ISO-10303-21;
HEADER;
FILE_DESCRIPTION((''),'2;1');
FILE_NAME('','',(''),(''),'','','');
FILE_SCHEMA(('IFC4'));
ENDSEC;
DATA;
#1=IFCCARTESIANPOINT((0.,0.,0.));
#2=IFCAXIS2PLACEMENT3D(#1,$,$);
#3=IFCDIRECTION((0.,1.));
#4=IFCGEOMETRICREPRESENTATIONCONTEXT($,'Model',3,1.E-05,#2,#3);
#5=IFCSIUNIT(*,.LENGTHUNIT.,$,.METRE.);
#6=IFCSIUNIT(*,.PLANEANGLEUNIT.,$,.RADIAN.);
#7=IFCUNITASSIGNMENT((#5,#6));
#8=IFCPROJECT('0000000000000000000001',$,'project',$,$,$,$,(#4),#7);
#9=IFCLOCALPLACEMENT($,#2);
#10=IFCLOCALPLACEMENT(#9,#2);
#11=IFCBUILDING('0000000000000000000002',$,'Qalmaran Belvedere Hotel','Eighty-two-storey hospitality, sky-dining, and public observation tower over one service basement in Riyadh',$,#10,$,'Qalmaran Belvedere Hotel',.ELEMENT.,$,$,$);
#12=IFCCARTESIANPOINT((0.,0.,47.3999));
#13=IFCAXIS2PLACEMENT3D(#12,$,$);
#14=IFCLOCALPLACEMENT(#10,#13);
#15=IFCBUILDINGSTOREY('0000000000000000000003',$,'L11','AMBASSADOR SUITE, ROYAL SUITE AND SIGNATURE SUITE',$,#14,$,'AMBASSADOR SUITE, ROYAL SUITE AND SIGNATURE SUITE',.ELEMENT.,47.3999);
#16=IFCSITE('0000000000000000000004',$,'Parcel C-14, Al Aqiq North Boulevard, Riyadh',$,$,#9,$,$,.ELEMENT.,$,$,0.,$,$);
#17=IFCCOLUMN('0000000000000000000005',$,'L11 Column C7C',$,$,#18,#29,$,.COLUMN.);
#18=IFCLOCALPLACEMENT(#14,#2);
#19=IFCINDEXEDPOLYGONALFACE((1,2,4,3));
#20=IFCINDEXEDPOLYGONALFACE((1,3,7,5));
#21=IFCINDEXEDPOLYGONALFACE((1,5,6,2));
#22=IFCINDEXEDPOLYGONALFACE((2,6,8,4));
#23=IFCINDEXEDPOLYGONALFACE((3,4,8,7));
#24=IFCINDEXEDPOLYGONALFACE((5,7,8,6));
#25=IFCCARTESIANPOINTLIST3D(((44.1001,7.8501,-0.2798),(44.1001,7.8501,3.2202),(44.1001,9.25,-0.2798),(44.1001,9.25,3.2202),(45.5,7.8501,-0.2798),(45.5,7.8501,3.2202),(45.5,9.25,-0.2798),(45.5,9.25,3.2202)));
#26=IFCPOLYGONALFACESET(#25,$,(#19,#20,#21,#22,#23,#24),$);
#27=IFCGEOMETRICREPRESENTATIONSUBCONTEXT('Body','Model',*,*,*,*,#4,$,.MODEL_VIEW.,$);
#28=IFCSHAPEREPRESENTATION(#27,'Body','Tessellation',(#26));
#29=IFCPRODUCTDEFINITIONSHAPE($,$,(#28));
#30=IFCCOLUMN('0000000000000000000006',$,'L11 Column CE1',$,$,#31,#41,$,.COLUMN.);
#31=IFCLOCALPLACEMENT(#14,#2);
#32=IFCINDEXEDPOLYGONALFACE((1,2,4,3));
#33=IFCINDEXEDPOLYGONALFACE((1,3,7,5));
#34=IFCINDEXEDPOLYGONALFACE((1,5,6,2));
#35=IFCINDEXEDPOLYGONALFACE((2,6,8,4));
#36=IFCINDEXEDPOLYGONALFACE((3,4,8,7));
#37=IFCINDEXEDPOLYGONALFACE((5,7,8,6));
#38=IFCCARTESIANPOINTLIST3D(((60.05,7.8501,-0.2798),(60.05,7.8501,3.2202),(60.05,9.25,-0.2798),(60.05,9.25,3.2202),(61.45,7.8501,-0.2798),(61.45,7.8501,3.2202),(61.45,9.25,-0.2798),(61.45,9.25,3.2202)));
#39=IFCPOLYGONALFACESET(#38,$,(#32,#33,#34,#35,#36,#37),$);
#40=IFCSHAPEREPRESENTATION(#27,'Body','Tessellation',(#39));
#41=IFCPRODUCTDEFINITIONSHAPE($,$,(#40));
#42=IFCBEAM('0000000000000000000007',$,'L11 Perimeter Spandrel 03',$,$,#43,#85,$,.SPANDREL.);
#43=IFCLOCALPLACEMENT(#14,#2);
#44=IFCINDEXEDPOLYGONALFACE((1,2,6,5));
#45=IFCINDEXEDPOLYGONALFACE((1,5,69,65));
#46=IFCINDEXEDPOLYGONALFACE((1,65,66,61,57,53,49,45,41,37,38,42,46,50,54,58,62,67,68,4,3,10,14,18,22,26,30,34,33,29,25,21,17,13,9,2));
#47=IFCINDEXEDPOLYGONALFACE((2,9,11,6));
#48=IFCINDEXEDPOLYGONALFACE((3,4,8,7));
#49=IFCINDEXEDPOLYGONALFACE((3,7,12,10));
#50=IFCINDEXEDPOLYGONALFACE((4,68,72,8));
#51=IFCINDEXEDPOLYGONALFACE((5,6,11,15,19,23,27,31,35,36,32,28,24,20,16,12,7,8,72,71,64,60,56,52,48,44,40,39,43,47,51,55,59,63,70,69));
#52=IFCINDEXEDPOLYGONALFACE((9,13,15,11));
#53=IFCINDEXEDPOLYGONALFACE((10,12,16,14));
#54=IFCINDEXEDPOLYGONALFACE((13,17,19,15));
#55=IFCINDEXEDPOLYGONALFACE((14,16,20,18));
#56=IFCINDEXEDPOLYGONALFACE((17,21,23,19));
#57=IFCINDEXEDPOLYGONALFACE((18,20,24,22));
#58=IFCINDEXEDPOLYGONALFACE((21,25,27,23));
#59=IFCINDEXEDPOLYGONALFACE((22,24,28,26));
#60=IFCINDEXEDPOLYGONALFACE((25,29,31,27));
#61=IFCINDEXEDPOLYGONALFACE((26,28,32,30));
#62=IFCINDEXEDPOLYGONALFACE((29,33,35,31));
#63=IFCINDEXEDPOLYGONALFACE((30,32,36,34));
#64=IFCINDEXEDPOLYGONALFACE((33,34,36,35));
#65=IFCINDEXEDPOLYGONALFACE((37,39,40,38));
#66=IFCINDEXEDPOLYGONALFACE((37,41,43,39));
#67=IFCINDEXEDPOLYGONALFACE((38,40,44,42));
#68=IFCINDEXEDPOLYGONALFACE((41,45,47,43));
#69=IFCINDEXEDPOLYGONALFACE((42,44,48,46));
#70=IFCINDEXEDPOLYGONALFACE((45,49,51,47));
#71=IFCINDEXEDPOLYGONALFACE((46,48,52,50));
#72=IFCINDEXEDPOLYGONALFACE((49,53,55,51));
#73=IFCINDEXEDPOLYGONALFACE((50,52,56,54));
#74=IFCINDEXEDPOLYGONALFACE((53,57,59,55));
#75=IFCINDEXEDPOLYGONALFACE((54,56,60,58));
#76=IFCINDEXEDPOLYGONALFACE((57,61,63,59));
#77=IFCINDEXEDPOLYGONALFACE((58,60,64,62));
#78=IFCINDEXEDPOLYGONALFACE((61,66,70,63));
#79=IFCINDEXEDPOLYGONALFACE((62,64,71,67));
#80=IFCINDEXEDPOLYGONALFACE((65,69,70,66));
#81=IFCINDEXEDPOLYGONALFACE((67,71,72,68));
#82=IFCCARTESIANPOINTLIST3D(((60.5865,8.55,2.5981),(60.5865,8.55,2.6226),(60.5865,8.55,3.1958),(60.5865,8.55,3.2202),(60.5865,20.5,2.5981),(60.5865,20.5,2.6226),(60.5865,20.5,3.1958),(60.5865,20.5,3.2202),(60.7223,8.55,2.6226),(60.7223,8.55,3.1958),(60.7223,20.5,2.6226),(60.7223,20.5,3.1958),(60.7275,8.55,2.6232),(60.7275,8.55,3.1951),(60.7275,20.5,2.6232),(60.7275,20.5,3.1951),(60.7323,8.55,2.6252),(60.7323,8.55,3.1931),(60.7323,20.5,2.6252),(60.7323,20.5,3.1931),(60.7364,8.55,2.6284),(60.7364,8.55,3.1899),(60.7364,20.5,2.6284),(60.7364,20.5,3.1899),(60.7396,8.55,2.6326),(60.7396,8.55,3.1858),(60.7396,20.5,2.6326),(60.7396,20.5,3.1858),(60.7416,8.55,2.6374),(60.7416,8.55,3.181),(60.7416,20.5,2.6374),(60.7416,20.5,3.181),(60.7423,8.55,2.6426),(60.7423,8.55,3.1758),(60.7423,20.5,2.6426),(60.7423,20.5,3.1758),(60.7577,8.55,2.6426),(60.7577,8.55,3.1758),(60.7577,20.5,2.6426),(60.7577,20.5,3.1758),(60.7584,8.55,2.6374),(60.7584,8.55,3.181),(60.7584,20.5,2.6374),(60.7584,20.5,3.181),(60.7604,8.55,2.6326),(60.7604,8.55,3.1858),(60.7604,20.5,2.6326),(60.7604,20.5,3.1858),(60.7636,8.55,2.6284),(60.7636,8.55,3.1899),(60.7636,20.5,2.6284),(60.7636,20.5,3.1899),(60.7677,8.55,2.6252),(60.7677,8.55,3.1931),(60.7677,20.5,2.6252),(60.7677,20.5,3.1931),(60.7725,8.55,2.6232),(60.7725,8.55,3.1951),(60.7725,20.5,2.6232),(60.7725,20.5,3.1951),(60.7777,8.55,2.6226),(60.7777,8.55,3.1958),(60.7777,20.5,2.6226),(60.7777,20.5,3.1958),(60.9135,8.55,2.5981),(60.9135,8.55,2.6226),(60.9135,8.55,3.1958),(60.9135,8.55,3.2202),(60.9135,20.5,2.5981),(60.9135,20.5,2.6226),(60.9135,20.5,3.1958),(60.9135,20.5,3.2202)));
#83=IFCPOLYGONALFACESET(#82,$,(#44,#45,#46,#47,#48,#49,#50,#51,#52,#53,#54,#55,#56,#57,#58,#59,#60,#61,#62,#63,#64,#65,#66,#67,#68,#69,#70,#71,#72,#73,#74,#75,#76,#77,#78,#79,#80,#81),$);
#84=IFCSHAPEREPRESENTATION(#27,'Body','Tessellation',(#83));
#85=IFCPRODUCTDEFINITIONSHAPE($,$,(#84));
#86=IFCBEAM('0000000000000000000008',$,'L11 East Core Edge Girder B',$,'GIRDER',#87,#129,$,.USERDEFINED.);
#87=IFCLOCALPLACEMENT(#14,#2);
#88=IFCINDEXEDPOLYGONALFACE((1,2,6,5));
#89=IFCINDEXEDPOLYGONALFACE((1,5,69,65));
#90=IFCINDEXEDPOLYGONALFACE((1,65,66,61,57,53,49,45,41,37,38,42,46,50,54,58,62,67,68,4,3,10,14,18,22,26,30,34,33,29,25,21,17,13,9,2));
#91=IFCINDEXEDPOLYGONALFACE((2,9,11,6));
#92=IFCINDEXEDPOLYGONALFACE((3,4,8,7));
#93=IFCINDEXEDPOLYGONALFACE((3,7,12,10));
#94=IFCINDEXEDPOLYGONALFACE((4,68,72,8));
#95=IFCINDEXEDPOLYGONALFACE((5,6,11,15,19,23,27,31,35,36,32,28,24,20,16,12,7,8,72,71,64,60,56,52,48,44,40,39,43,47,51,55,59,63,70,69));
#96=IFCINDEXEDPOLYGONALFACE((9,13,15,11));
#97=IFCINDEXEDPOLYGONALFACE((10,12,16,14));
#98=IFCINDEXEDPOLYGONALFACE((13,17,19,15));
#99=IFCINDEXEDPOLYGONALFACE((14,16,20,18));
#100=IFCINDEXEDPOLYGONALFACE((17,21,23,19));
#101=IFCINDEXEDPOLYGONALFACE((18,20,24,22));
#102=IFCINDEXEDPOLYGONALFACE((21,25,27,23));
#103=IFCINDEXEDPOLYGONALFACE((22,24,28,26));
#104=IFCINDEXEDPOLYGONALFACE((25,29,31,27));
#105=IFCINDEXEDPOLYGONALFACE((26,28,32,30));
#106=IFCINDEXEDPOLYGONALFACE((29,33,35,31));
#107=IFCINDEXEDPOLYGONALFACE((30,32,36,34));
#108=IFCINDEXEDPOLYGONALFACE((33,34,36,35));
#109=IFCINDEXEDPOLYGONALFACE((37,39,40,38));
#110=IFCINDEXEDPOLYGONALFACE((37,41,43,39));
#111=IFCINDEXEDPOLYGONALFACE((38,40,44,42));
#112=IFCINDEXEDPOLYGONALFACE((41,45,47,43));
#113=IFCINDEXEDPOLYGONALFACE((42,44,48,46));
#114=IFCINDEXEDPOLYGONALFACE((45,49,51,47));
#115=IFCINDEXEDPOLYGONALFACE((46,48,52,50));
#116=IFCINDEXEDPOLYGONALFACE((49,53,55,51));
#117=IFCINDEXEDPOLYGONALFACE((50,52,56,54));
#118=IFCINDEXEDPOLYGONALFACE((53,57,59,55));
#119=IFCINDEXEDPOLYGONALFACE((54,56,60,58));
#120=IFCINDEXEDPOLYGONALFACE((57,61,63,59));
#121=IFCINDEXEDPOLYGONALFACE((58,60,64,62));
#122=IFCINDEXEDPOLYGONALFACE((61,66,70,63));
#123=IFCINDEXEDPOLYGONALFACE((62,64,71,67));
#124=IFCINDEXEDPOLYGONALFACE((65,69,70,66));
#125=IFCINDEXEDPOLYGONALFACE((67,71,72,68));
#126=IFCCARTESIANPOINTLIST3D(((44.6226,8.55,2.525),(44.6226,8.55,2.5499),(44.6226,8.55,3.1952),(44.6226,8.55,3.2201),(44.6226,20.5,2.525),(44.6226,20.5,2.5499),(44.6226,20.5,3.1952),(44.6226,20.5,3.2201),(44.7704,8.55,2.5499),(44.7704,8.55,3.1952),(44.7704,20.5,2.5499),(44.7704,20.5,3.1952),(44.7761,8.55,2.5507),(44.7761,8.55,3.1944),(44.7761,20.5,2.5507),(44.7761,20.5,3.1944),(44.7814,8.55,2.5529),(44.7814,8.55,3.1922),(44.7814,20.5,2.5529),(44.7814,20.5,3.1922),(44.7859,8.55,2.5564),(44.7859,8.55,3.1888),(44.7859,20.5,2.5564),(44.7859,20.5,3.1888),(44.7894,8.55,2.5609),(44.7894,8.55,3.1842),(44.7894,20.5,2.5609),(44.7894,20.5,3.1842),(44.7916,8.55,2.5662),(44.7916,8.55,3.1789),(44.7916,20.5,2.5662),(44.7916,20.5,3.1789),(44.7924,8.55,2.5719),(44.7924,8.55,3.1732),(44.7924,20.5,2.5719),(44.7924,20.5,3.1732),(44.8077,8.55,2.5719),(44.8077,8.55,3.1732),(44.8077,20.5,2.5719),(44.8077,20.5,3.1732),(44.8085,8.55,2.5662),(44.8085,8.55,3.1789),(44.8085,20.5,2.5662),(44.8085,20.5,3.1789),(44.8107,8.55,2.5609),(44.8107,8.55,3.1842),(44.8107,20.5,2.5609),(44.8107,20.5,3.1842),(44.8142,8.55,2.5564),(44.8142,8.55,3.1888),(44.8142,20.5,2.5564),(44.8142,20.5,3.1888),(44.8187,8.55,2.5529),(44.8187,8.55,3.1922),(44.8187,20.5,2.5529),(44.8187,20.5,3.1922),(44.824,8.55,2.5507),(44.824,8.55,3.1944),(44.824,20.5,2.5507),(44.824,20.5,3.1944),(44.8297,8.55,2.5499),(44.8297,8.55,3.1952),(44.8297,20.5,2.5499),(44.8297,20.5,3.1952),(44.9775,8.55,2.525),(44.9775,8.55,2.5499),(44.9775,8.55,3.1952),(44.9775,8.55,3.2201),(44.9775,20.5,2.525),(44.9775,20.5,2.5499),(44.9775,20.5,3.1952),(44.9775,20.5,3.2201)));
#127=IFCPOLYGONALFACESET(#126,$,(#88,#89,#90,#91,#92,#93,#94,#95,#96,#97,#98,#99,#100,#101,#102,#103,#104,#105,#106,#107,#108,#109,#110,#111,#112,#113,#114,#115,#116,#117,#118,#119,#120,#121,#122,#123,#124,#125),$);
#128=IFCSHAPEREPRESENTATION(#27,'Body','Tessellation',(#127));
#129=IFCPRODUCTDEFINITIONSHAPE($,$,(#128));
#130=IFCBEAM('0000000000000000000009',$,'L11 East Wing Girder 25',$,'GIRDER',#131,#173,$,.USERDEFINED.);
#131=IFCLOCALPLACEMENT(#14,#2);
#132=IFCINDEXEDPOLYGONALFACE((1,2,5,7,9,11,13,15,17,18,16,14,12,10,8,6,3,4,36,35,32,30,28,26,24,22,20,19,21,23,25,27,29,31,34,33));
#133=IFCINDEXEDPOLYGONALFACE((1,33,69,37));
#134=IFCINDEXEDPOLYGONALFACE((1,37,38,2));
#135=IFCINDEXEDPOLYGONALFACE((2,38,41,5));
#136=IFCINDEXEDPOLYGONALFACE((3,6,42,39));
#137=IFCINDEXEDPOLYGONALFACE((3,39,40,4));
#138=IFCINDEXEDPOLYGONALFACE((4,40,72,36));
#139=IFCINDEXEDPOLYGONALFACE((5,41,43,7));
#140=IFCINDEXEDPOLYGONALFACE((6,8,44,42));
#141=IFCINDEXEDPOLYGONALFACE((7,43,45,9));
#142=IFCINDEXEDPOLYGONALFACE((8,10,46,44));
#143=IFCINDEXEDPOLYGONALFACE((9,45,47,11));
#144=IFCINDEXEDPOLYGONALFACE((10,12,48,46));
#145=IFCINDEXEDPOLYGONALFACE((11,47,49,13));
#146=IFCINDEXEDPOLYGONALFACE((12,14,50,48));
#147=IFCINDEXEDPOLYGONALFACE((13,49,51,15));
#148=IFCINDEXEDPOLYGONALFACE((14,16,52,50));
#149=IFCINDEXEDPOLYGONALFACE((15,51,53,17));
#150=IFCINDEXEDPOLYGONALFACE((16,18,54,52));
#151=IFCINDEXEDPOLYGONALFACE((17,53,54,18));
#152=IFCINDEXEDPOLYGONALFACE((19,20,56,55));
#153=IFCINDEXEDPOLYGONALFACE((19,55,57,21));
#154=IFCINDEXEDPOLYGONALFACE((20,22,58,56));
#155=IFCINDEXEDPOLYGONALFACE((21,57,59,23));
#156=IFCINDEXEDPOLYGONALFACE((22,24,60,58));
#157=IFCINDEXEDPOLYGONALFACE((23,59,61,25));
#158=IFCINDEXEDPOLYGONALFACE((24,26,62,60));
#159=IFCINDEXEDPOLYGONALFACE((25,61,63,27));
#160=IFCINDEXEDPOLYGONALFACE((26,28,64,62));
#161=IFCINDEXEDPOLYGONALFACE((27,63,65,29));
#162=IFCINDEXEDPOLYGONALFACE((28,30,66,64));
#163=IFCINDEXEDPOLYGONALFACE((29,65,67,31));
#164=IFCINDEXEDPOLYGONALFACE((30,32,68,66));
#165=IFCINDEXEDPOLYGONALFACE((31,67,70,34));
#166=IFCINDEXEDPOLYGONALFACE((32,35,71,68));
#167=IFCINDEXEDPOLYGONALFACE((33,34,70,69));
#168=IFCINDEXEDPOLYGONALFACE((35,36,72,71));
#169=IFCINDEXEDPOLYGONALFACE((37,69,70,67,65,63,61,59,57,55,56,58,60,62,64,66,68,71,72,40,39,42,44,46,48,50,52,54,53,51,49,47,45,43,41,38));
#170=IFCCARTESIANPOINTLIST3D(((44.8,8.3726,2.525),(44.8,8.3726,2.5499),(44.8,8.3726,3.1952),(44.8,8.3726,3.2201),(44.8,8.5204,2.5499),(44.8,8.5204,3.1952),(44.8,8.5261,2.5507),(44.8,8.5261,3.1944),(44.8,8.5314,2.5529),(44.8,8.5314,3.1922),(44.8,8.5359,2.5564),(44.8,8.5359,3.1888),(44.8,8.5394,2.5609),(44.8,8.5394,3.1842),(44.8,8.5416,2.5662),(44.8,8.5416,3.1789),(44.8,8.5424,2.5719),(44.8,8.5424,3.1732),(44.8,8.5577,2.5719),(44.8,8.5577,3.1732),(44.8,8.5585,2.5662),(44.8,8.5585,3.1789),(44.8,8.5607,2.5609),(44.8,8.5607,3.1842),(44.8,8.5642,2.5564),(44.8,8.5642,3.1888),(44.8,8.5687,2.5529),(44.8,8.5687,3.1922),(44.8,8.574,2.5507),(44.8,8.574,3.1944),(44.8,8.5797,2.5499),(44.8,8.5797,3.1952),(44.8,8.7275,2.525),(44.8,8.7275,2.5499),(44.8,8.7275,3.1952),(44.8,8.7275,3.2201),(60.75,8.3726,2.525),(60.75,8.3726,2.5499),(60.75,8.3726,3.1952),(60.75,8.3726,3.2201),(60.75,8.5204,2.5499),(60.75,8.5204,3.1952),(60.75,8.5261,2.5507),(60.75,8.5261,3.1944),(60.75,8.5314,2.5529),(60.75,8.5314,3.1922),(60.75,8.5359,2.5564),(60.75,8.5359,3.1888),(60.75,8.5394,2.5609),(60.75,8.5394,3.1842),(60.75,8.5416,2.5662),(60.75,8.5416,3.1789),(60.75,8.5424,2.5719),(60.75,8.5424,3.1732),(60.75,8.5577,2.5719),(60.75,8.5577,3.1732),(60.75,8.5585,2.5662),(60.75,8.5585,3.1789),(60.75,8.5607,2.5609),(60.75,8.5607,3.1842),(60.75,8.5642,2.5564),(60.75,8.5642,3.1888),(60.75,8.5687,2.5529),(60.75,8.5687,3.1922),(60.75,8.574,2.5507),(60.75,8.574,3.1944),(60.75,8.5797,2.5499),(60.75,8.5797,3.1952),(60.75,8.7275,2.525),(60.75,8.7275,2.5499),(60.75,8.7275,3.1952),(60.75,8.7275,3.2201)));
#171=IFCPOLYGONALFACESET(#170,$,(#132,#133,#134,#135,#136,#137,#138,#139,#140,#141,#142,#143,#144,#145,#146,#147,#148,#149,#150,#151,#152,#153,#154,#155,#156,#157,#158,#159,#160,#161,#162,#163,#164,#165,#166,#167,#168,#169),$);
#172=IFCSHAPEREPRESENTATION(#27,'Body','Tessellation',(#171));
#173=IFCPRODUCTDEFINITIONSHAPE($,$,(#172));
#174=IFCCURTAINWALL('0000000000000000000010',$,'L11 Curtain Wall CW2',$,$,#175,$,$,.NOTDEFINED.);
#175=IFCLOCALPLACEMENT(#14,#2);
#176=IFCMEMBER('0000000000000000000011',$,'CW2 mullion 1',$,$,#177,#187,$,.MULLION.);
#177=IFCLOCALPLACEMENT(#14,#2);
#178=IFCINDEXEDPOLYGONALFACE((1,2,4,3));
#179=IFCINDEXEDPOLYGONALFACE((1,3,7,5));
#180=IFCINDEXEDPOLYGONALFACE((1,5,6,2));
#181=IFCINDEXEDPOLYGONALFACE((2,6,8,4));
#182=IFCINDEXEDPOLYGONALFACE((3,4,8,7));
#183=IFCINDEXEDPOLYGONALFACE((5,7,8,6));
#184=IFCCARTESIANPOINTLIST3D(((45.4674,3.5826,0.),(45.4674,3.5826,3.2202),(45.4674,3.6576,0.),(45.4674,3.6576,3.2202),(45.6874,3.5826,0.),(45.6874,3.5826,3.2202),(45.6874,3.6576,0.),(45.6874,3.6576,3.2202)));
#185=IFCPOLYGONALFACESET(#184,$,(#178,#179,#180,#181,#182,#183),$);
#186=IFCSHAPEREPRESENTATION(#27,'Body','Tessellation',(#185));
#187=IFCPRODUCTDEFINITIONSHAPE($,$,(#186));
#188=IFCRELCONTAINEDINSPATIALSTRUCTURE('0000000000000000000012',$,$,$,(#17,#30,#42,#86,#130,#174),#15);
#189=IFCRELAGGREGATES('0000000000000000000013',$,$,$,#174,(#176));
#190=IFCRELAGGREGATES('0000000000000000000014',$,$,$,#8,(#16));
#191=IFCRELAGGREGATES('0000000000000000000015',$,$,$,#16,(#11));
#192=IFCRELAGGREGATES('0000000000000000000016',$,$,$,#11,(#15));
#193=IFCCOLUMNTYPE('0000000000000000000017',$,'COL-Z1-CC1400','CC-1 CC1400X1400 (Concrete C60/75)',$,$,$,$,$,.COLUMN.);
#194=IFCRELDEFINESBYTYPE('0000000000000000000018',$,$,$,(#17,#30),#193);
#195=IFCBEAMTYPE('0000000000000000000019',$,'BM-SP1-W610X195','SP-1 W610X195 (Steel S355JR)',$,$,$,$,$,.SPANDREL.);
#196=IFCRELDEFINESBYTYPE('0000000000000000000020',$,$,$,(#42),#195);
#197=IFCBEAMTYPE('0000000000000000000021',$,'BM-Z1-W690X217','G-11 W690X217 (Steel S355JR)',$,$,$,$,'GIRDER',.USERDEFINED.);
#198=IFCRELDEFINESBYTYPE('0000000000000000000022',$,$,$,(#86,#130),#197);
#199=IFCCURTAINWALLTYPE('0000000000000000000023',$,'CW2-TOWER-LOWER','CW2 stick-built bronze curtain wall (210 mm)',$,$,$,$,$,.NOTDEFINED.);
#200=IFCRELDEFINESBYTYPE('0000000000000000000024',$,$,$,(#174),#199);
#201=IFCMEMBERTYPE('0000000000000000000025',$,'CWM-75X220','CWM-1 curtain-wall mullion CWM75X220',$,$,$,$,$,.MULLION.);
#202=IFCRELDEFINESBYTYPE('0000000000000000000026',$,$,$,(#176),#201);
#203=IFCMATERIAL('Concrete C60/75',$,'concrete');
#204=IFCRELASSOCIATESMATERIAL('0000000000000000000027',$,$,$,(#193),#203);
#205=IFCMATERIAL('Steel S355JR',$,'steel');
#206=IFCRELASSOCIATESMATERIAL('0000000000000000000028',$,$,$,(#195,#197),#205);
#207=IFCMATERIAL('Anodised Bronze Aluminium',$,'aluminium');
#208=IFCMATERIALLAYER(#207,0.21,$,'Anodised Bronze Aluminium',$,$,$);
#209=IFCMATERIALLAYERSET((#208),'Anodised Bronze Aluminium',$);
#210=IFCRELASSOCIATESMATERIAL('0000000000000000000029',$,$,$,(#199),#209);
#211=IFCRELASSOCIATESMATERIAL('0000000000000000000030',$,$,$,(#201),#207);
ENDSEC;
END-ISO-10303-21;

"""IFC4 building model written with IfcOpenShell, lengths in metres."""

from ifc_helpers import new_model, si_unit, direction, frame, origin, origin_2d, place, context, subcontext, project, spatial, rectangle, i_section, extrude, material, layer, layer_set, material_profile, profile_set, type_object, element, aggregate, save


model = new_model("IFC4")

# Units and contexts
model_context = context("Model", 3, precision=1e-05, world=origin(), true_north=direction((0.0, 1.0)))
body_context = subcontext(model_context, "Body", "Model", "MODEL_VIEW")
ifc_project = project(units=[si_unit("LENGTHUNIT", "METRE"), si_unit("PLANEANGLEUNIT", "RADIAN")], contexts=[model_context])

# Site, building, storey
site_placement = place(None, origin())
site = spatial("IfcSite", under=ifc_project, at=site_placement, Name="Parcel C-14, Al Aqiq North Boulevard, Riyadh", CompositionType="ELEMENT", RefElevation=0.0)
building_placement = place(site_placement, origin())
building = spatial("IfcBuilding", under=site, at=building_placement, Name="Qalmaran Belvedere Hotel", Description="Eighty-two-storey hospitality, sky-dining, and public observation tower over one service basement in Riyadh", LongName="Qalmaran Belvedere Hotel", CompositionType="ELEMENT")
storey_placement = place(building_placement, frame((0.0, 0.0, 47.3999)))
storey = spatial("IfcBuildingStorey", under=building, at=storey_placement, Name="L11", Description="AMBASSADOR SUITE, ROYAL SUITE AND SIGNATURE SUITE", LongName="AMBASSADOR SUITE, ROYAL SUITE AND SIGNATURE SUITE", CompositionType="ELEMENT", Elevation=47.3999)

# Columns
ifc_material_1 = material(Name="Concrete C60/75", Category="concrete")
ifc_material_profile_1 = material_profile(ifc_material_1, rectangle(XDim=1.3999, YDim=1.3999, at=origin_2d()), Name="CC1400X1400")
ifc_profile_set_1 = profile_set([ifc_material_profile_1], Name="Concrete C60/75")
column_type = type_object("IfcColumnType", Name="COL-Z1-CC1400", Description="CC-1 CC1400X1400 (Concrete C60/75)", PredefinedType="COLUMN", material=ifc_profile_set_1)
for number, where, z_axis, x_axis, name in (
    (1, (44.8, 8.55, -0.2798), (0.0, 0.0, 1.0), (1.0, 0.0, 0.0), "L11 Column C7C"),
    (2, (60.75, 8.55, -0.2798), (0.0, 0.0, 1.0), (1.0, 0.0, 0.0), "L11 Column CE1"),
):
    element("IfcColumn", number, at=place(storey_placement, frame(where, z_axis=z_axis, x_axis=x_axis)), inside=storey, type_object=column_type, Name=name, PredefinedType="COLUMN", context=body_context, shape_type="SweptSolid", body=[
        extrude(rectangle(XDim=1.3999, YDim=1.3999, at=origin_2d()), origin(), (0.0, 0.0, 1.0), 3.5),
    ])

# Beams
ifc_material_2 = material(Name="Steel S355JR", Category="steel")
ifc_material_profile_2 = material_profile(ifc_material_2, i_section(OverallWidth=0.3269, OverallDepth=0.6221, WebThickness=0.0154, FlangeThickness=0.0244, FilletRadius=0.02, at=origin_2d()), Name="W610X195")
ifc_profile_set_2 = profile_set([ifc_material_profile_2], Name="Steel S355JR")
beam_type_1 = type_object("IfcBeamType", Name="BM-SP1-W610X195", Description="SP-1 W610X195 (Steel S355JR)", PredefinedType="SPANDREL", material=ifc_profile_set_2)
beam_1_placement = place(storey_placement, frame((60.75, 8.55, 2.9092), z_axis=(0.0, 1.0, 0.0), x_axis=(-1.0, 0.0, 0.0)))
element("IfcBeam", 3, at=beam_1_placement, inside=storey, type_object=beam_type_1, Name="L11 Perimeter Spandrel 03", PredefinedType="SPANDREL", context=body_context, shape_type="SweptSolid", body=[
    extrude(i_section(OverallWidth=0.3269, OverallDepth=0.6221, WebThickness=0.0154, FlangeThickness=0.0244, FilletRadius=0.02, at=origin_2d()), origin(), (0.0, 0.0, 1.0), 11.95),
])
ifc_material_profile_3 = material_profile(ifc_material_2, i_section(OverallWidth=0.355, OverallDepth=0.6951, WebThickness=0.0154, FlangeThickness=0.0249, FilletRadius=0.022, at=origin_2d()), Name="W690X217")
ifc_profile_set_3 = profile_set([ifc_material_profile_3], Name="Steel S355JR")
beam_type_2 = type_object("IfcBeamType", Name="BM-Z1-W690X217", Description="G-11 W690X217 (Steel S355JR)", ElementType="GIRDER", PredefinedType="USERDEFINED", material=ifc_profile_set_3)
beam_2_placement = place(storey_placement, frame((44.8, 8.55, 2.8726), z_axis=(0.0, 1.0, 0.0), x_axis=(-1.0, 0.0, 0.0)))
element("IfcBeam", 4, at=beam_2_placement, inside=storey, type_object=beam_type_2, Name="L11 East Core Edge Girder B", ObjectType="GIRDER", PredefinedType="USERDEFINED", context=body_context, shape_type="SweptSolid", body=[
    extrude(i_section(OverallWidth=0.355, OverallDepth=0.6951, WebThickness=0.0154, FlangeThickness=0.0249, FilletRadius=0.022, at=origin_2d()), origin(), (0.0, 0.0, 1.0), 11.95),
])
beam_3_placement = place(storey_placement, frame((44.8, 8.55, 2.8726), z_axis=(1.0, 0.0, 0.0), x_axis=(0.0, 1.0, 0.0)))
element("IfcBeam", 5, at=beam_3_placement, inside=storey, type_object=beam_type_2, Name="L11 East Wing Girder 25", ObjectType="GIRDER", PredefinedType="USERDEFINED", context=body_context, shape_type="SweptSolid", body=[
    extrude(i_section(OverallWidth=0.355, OverallDepth=0.6951, WebThickness=0.0154, FlangeThickness=0.0249, FilletRadius=0.022, at=origin_2d()), origin(), (0.0, 0.0, 1.0), 15.95),
])

# Curtain wall, member
ifc_material_3 = material(Name="Anodised Bronze Aluminium", Category="aluminium")
ifc_layer_1 = layer(ifc_material_3, 0.21, Name="Anodised Bronze Aluminium")
ifc_layer_set_1 = layer_set([ifc_layer_1], Name="Anodised Bronze Aluminium")
curtain_wall_type = type_object("IfcCurtainWallType", Name="CW2-TOWER-LOWER", Description="CW2 stick-built bronze curtain wall (210 mm)", PredefinedType="NOTDEFINED", material=ifc_layer_set_1)
curtain_wall_1_placement = place(storey_placement, origin())
curtain_wall_1 = element("IfcCurtainWall", 6, at=curtain_wall_1_placement, inside=storey, type_object=curtain_wall_type, Name="L11 Curtain Wall CW2", PredefinedType="NOTDEFINED")
ifc_material_profile_4 = material_profile(ifc_material_3, rectangle(XDim=0.075, YDim=0.22, at=origin_2d()), Name="CWM75X220")
ifc_profile_set_4 = profile_set([ifc_material_profile_4], Name="Anodised Bronze Aluminium")
member_type_1 = type_object("IfcMemberType", Name="CWM-75X220", Description="CWM-1 curtain-wall mullion CWM75X220", PredefinedType="MULLION", material=ifc_profile_set_4)
member_1_placement = place(storey_placement, frame((45.5774, 3.6201, 0.0), z_axis=(0.0, 0.0, 1.0), x_axis=(0.0, 1.0, 0.0)))
member_1 = element("IfcMember", 7, at=member_1_placement, type_object=member_type_1, Name="CW2 mullion 1", PredefinedType="MULLION", context=body_context, shape_type="SweptSolid", body=[
    extrude(rectangle(XDim=0.075, YDim=0.22, at=origin_2d()), origin(), (0.0, 0.0, 1.0), 3.2202),
])

aggregate(curtain_wall_1, [member_1])

save(model, "model.ifc")
